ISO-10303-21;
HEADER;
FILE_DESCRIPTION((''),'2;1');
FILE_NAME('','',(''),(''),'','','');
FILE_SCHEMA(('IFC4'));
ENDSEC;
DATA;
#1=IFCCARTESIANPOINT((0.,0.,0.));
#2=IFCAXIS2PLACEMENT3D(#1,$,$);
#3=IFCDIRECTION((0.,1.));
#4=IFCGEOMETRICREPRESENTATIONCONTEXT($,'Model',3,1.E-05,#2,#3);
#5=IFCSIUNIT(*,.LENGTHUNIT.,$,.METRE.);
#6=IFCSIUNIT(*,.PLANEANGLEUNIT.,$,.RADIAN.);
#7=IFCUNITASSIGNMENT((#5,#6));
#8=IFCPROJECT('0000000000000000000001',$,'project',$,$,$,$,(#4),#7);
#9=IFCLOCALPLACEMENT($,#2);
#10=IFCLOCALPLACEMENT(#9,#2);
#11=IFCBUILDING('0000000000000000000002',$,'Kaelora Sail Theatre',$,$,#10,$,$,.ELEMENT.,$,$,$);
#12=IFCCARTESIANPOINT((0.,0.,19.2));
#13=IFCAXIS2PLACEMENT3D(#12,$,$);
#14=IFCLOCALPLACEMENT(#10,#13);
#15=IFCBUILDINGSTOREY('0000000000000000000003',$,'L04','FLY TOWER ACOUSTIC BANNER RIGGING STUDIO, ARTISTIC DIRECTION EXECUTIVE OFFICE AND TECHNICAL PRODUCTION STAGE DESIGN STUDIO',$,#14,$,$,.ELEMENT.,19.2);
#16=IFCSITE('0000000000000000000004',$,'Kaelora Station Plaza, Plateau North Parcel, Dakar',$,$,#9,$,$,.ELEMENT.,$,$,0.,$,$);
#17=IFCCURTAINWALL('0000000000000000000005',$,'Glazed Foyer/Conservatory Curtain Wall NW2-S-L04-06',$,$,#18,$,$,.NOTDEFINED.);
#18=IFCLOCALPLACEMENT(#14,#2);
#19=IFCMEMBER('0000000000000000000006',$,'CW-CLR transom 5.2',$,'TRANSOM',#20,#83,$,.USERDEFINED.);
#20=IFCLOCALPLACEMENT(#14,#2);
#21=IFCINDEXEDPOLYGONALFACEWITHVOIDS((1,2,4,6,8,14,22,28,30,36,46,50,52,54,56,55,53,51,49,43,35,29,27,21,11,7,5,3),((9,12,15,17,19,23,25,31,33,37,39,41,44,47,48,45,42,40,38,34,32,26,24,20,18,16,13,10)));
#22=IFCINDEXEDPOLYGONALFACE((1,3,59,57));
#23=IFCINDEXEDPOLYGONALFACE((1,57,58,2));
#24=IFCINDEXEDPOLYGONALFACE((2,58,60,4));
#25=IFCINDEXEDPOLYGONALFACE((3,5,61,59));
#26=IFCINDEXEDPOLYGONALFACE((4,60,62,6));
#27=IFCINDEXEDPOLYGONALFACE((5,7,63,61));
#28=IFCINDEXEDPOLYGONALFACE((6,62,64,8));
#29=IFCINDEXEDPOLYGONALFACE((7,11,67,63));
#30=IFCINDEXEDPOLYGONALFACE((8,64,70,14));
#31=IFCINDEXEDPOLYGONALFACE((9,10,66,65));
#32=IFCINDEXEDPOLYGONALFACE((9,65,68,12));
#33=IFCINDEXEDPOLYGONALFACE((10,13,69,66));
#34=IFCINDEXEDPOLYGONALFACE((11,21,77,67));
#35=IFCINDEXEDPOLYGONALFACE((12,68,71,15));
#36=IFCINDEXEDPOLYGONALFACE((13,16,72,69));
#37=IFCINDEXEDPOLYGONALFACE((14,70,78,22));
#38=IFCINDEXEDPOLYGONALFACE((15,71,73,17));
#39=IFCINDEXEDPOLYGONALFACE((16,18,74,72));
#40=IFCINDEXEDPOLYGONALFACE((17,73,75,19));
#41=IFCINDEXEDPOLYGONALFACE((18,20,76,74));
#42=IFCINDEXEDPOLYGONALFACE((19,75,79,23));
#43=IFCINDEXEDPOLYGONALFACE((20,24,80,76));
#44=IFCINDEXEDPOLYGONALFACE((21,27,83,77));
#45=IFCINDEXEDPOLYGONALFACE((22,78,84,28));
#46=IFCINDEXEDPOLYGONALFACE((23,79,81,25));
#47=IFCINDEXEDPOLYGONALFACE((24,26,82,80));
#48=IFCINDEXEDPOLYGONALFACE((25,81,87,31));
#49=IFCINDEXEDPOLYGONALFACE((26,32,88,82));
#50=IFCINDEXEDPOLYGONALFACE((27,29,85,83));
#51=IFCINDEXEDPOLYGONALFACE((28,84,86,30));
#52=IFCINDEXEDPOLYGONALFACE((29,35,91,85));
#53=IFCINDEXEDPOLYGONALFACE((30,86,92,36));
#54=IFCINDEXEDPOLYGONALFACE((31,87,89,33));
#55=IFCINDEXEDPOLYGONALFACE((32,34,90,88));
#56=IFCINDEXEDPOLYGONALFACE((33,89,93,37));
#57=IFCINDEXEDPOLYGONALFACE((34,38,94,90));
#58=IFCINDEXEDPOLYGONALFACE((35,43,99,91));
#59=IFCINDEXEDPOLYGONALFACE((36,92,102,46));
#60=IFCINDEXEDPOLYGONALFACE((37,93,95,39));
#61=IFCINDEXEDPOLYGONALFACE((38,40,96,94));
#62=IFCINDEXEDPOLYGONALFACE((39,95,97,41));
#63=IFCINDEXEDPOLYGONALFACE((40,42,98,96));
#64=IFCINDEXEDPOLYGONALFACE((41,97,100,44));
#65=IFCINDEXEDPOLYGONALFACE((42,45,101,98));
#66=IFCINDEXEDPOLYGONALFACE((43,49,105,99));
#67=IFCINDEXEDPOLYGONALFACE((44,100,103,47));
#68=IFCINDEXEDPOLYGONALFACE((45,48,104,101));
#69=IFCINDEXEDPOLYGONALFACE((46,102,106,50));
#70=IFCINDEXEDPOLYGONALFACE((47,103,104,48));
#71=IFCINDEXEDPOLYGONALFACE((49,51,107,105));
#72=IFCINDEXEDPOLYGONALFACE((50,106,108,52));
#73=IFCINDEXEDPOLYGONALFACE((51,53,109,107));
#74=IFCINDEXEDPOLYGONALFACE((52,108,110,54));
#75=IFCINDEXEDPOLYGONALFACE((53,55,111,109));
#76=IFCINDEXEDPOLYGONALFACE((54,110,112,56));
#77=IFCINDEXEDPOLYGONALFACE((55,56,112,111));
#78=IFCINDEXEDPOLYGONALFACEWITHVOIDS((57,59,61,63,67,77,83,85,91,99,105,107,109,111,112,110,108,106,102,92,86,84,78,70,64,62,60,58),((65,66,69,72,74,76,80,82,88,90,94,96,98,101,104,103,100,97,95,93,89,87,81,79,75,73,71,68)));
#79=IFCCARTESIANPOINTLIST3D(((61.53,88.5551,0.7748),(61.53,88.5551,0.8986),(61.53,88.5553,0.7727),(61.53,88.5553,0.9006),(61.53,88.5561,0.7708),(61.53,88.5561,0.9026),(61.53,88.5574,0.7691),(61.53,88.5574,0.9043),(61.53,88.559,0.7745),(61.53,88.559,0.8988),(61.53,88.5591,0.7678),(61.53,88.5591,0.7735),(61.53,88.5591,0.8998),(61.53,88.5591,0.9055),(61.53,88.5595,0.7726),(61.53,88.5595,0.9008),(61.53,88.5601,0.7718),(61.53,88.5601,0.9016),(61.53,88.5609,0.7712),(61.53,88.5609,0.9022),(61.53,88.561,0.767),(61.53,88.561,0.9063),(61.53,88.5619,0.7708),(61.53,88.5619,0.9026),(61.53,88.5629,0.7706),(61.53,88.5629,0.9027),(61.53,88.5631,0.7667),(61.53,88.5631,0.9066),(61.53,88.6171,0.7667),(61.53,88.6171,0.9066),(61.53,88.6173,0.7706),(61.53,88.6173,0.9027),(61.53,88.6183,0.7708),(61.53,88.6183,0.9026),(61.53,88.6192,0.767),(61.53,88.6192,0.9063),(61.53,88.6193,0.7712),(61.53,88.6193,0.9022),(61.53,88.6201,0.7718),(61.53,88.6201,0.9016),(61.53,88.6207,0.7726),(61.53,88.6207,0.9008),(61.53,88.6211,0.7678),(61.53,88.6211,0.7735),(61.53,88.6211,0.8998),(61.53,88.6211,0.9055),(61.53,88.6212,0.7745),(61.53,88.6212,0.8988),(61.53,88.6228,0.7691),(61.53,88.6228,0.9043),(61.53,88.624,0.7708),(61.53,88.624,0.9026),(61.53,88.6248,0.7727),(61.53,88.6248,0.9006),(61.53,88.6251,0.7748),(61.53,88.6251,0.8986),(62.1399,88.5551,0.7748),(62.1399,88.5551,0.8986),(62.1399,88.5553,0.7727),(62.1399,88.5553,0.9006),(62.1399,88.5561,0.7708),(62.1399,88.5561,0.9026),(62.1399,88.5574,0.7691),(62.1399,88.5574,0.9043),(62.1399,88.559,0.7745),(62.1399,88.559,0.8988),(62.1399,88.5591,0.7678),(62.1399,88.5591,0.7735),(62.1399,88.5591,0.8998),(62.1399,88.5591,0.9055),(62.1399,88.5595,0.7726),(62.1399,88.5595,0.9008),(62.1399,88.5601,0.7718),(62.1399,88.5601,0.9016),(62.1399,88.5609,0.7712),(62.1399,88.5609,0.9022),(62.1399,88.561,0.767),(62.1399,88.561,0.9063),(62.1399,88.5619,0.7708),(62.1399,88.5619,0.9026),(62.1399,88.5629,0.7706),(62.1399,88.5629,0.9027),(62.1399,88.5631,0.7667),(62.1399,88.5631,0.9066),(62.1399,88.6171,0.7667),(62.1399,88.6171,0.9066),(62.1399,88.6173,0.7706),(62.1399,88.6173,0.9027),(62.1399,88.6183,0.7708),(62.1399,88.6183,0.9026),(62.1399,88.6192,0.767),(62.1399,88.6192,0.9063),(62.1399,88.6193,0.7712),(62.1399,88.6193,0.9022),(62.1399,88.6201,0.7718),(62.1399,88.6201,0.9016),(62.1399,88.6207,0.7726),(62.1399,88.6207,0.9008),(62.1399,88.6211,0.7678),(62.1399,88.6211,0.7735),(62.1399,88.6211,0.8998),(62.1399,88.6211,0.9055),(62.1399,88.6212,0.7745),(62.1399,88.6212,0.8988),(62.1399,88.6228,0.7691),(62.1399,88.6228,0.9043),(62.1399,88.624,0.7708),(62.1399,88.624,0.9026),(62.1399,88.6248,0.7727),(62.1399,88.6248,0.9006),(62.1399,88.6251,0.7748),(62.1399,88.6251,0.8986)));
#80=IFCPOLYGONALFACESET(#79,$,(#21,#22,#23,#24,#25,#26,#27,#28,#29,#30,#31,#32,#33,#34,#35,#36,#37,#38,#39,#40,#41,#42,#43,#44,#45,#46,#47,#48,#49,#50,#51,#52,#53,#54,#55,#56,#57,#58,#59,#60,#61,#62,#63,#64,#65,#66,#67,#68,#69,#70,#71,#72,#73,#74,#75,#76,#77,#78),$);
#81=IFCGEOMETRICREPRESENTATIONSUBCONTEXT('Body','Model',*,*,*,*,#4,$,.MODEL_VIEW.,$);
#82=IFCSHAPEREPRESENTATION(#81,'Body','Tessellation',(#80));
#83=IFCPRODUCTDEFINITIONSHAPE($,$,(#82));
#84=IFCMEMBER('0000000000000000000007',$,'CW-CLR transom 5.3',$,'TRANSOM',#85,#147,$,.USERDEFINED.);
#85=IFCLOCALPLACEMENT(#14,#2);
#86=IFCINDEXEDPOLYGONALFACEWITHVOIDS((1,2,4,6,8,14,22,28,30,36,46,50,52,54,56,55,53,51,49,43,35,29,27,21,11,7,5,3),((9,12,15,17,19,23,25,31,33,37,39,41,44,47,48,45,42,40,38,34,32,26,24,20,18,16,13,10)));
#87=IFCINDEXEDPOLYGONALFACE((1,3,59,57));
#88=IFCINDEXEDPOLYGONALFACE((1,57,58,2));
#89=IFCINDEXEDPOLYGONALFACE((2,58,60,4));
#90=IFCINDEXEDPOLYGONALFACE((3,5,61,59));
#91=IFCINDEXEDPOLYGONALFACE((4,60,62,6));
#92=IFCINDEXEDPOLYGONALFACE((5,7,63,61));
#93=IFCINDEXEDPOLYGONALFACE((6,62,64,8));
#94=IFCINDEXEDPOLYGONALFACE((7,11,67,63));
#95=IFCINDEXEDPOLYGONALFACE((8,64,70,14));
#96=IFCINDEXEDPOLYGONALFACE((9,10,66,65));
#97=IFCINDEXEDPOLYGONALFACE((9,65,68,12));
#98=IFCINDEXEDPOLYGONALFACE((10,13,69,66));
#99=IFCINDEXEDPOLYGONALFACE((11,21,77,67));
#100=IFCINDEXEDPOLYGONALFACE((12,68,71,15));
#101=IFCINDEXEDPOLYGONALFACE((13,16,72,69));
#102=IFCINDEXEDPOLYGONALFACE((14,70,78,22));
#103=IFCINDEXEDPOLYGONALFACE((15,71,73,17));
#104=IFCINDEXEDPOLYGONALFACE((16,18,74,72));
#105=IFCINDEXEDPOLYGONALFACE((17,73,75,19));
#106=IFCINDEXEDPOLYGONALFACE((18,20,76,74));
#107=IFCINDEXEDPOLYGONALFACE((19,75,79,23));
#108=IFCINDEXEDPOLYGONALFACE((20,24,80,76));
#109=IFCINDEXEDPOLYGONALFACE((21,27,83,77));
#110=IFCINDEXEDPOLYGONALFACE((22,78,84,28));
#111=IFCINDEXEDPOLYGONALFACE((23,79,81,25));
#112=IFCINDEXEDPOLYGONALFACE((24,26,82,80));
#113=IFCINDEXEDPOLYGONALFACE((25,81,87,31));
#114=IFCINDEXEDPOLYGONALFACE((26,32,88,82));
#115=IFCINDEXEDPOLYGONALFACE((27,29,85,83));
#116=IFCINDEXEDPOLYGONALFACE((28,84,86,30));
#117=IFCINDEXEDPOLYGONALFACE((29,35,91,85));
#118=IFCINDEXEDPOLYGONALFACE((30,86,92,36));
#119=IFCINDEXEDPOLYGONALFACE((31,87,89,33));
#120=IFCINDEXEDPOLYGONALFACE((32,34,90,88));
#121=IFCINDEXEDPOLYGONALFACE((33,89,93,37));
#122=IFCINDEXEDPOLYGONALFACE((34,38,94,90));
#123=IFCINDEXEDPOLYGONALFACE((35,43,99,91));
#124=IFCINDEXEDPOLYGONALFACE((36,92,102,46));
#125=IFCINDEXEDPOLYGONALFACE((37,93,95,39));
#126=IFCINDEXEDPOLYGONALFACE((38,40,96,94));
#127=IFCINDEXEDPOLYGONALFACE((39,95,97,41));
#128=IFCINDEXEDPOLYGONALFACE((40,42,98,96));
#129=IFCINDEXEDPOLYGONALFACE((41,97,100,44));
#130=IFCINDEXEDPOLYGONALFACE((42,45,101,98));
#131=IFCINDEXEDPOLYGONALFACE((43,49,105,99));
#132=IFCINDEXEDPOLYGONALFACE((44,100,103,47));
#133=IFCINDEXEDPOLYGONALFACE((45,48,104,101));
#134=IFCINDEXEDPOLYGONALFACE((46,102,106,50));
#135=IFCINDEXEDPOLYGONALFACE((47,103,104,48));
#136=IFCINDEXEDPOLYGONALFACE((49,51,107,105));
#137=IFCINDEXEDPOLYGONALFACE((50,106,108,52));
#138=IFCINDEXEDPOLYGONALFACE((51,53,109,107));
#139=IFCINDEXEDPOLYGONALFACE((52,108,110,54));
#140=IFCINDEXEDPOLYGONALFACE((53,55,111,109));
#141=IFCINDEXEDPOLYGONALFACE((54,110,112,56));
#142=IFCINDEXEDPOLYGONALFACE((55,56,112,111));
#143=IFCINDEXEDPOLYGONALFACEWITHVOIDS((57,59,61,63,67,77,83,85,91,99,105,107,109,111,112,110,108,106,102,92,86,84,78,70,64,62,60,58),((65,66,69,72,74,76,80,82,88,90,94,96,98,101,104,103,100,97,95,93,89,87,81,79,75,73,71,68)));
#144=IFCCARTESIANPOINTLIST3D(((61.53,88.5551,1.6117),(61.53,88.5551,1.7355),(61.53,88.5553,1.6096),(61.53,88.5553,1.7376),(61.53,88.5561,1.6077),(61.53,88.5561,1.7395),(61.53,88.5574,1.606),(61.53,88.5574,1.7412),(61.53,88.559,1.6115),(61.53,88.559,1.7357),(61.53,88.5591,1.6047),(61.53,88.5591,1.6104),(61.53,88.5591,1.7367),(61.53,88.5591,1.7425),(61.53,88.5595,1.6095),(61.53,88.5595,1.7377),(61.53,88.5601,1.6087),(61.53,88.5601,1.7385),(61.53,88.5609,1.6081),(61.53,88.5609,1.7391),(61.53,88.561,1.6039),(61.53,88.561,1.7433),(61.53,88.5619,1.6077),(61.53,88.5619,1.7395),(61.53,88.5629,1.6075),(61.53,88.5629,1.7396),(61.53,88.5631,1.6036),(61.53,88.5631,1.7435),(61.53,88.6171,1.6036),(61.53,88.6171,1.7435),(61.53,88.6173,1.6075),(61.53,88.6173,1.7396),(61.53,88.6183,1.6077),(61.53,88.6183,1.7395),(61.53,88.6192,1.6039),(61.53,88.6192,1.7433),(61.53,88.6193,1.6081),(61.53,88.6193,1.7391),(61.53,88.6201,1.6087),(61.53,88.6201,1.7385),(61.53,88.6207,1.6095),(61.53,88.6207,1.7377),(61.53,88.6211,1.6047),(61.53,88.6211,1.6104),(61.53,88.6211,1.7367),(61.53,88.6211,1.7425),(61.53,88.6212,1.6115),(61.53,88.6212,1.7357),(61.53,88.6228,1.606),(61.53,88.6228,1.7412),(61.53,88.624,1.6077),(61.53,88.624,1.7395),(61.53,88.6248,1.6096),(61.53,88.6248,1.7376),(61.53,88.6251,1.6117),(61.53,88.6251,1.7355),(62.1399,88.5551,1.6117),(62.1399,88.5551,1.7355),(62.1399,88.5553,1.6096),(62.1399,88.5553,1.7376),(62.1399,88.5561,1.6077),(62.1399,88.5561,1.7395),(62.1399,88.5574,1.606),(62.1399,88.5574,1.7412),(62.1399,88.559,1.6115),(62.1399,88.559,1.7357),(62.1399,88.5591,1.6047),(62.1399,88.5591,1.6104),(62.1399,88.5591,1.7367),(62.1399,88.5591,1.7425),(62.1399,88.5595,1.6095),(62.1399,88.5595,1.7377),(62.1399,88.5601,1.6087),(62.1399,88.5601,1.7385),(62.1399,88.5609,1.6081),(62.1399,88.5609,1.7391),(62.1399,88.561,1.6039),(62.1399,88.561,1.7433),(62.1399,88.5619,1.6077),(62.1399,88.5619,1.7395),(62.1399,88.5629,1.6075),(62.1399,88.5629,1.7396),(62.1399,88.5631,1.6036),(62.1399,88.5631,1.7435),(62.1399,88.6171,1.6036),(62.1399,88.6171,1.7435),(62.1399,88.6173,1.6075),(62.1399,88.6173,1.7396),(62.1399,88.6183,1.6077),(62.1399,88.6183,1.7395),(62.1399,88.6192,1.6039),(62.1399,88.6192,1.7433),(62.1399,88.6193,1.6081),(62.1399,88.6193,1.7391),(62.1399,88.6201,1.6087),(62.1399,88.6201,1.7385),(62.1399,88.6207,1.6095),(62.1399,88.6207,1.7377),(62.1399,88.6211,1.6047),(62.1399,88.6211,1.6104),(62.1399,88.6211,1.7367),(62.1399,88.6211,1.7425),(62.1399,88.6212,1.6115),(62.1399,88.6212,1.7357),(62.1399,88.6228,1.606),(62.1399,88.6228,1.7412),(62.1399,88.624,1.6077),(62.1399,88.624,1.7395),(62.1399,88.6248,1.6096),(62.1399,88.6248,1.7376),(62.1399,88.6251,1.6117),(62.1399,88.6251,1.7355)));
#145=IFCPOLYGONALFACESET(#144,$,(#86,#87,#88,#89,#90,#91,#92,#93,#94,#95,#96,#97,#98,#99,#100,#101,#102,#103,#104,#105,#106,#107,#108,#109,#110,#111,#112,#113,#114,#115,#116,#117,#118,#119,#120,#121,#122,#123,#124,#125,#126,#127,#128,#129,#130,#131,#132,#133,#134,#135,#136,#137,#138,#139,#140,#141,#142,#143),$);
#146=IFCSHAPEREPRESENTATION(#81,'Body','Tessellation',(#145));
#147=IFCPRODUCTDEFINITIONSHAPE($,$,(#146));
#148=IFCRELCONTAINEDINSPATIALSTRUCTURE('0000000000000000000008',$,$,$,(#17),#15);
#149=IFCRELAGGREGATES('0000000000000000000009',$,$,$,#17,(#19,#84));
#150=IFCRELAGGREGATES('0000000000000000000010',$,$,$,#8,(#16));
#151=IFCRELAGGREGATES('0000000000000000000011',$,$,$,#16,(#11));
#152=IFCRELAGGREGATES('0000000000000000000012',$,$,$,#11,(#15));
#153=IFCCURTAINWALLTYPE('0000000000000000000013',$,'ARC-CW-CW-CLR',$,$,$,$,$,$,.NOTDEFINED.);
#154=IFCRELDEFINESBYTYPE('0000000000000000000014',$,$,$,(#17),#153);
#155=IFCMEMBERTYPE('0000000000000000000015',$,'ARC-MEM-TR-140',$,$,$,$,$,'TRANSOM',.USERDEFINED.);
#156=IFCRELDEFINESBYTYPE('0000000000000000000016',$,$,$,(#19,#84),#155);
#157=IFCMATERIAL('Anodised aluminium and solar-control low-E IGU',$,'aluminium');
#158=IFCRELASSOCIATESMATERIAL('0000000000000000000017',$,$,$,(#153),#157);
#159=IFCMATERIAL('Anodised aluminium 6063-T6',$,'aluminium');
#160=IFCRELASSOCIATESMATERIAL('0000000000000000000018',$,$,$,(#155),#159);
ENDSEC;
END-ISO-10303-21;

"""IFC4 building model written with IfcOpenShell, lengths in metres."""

from ifc_helpers import new_model, si_unit, direction, frame, origin, origin_2d, place, context, subcontext, project, spatial, hollow_rectangle, extrude, material, material_profile, profile_set, type_object, element, aggregate, save


model = new_model("IFC4")

# Units and contexts
model_context = context("Model", 3, precision=1e-05, world=origin(), true_north=direction((0.0, 1.0)))
body_context = subcontext(model_context, "Body", "Model", "MODEL_VIEW")
ifc_project = project(units=[si_unit("LENGTHUNIT", "METRE"), si_unit("PLANEANGLEUNIT", "RADIAN")], contexts=[model_context])

# Site, building, storey
site_placement = place(None, origin())
site = spatial("IfcSite", under=ifc_project, at=site_placement, Name="Kaelora Station Plaza, Plateau North Parcel, Dakar", CompositionType="ELEMENT", RefElevation=0.0)
building_placement = place(site_placement, origin())
building = spatial("IfcBuilding", under=site, at=building_placement, Name="Kaelora Sail Theatre", CompositionType="ELEMENT")
storey_placement = place(building_placement, frame((0.0, 0.0, 19.2)))
storey = spatial("IfcBuildingStorey", under=building, at=storey_placement, Name="L04", Description="FLY TOWER ACOUSTIC BANNER RIGGING STUDIO, ARTISTIC DIRECTION EXECUTIVE OFFICE AND TECHNICAL PRODUCTION STAGE DESIGN STUDIO", CompositionType="ELEMENT", Elevation=19.2)

# Curtain wall
ifc_material_1 = material(Name="Anodised aluminium and solar-control low-E IGU", Category="aluminium")
curtain_wall_type = type_object("IfcCurtainWallType", Name="ARC-CW-CW-CLR", PredefinedType="NOTDEFINED", material=ifc_material_1)
curtain_wall_1_placement = place(storey_placement, origin())
curtain_wall_1 = element("IfcCurtainWall", 1, at=curtain_wall_1_placement, inside=storey, type_object=curtain_wall_type, Name="Glazed Foyer/Conservatory Curtain Wall NW2-S-L04-06", PredefinedType="NOTDEFINED")

# Members
ifc_material_2 = material(Name="Anodised aluminium 6063-T6", Category="aluminium")
ifc_material_profile_1 = material_profile(ifc_material_2, hollow_rectangle(XDim=0.0701, YDim=0.1399, WallThickness=0.0039, InnerFilletRadius=0.0039, OuterFilletRadius=0.0081, at=origin_2d()), Name="ALU-TRAN 70x140x4")
ifc_profile_set_1 = profile_set([ifc_material_profile_1], Name="Anodised aluminium 6063-T6")
member_type_1 = type_object("IfcMemberType", Name="ARC-MEM-TR-140", ElementType="TRANSOM", PredefinedType="USERDEFINED", material=ifc_profile_set_1)
member_1_placement = place(storey_placement, frame((61.53, 88.5901, 0.8367), z_axis=(1.0, 0.0, 0.0), x_axis=(0.0, 1.0, 0.0)))
member_1 = element("IfcMember", 2, at=member_1_placement, type_object=member_type_1, Name="CW-CLR transom 5.2", ObjectType="TRANSOM", PredefinedType="USERDEFINED", context=body_context, shape_type="SweptSolid", body=[
    extrude(hollow_rectangle(XDim=0.0701, YDim=0.1399, WallThickness=0.0039, InnerFilletRadius=0.0039, OuterFilletRadius=0.0081, at=origin_2d()), origin(), (0.0, 0.0, 1.0), 0.6099),
])
member_2_placement = place(storey_placement, frame((61.53, 88.5901, 1.6736), z_axis=(1.0, 0.0, 0.0), x_axis=(0.0, 1.0, 0.0)))
member_2 = element("IfcMember", 3, at=member_2_placement, type_object=member_type_1, Name="CW-CLR transom 5.3", ObjectType="TRANSOM", PredefinedType="USERDEFINED", context=body_context, shape_type="SweptSolid", body=[
    extrude(hollow_rectangle(XDim=0.0701, YDim=0.1399, WallThickness=0.0039, InnerFilletRadius=0.0039, OuterFilletRadius=0.0081, at=origin_2d()), origin(), (0.0, 0.0, 1.0), 0.6099),
])

aggregate(curtain_wall_1, [member_1, member_2])

save(model, "model.ifc")
